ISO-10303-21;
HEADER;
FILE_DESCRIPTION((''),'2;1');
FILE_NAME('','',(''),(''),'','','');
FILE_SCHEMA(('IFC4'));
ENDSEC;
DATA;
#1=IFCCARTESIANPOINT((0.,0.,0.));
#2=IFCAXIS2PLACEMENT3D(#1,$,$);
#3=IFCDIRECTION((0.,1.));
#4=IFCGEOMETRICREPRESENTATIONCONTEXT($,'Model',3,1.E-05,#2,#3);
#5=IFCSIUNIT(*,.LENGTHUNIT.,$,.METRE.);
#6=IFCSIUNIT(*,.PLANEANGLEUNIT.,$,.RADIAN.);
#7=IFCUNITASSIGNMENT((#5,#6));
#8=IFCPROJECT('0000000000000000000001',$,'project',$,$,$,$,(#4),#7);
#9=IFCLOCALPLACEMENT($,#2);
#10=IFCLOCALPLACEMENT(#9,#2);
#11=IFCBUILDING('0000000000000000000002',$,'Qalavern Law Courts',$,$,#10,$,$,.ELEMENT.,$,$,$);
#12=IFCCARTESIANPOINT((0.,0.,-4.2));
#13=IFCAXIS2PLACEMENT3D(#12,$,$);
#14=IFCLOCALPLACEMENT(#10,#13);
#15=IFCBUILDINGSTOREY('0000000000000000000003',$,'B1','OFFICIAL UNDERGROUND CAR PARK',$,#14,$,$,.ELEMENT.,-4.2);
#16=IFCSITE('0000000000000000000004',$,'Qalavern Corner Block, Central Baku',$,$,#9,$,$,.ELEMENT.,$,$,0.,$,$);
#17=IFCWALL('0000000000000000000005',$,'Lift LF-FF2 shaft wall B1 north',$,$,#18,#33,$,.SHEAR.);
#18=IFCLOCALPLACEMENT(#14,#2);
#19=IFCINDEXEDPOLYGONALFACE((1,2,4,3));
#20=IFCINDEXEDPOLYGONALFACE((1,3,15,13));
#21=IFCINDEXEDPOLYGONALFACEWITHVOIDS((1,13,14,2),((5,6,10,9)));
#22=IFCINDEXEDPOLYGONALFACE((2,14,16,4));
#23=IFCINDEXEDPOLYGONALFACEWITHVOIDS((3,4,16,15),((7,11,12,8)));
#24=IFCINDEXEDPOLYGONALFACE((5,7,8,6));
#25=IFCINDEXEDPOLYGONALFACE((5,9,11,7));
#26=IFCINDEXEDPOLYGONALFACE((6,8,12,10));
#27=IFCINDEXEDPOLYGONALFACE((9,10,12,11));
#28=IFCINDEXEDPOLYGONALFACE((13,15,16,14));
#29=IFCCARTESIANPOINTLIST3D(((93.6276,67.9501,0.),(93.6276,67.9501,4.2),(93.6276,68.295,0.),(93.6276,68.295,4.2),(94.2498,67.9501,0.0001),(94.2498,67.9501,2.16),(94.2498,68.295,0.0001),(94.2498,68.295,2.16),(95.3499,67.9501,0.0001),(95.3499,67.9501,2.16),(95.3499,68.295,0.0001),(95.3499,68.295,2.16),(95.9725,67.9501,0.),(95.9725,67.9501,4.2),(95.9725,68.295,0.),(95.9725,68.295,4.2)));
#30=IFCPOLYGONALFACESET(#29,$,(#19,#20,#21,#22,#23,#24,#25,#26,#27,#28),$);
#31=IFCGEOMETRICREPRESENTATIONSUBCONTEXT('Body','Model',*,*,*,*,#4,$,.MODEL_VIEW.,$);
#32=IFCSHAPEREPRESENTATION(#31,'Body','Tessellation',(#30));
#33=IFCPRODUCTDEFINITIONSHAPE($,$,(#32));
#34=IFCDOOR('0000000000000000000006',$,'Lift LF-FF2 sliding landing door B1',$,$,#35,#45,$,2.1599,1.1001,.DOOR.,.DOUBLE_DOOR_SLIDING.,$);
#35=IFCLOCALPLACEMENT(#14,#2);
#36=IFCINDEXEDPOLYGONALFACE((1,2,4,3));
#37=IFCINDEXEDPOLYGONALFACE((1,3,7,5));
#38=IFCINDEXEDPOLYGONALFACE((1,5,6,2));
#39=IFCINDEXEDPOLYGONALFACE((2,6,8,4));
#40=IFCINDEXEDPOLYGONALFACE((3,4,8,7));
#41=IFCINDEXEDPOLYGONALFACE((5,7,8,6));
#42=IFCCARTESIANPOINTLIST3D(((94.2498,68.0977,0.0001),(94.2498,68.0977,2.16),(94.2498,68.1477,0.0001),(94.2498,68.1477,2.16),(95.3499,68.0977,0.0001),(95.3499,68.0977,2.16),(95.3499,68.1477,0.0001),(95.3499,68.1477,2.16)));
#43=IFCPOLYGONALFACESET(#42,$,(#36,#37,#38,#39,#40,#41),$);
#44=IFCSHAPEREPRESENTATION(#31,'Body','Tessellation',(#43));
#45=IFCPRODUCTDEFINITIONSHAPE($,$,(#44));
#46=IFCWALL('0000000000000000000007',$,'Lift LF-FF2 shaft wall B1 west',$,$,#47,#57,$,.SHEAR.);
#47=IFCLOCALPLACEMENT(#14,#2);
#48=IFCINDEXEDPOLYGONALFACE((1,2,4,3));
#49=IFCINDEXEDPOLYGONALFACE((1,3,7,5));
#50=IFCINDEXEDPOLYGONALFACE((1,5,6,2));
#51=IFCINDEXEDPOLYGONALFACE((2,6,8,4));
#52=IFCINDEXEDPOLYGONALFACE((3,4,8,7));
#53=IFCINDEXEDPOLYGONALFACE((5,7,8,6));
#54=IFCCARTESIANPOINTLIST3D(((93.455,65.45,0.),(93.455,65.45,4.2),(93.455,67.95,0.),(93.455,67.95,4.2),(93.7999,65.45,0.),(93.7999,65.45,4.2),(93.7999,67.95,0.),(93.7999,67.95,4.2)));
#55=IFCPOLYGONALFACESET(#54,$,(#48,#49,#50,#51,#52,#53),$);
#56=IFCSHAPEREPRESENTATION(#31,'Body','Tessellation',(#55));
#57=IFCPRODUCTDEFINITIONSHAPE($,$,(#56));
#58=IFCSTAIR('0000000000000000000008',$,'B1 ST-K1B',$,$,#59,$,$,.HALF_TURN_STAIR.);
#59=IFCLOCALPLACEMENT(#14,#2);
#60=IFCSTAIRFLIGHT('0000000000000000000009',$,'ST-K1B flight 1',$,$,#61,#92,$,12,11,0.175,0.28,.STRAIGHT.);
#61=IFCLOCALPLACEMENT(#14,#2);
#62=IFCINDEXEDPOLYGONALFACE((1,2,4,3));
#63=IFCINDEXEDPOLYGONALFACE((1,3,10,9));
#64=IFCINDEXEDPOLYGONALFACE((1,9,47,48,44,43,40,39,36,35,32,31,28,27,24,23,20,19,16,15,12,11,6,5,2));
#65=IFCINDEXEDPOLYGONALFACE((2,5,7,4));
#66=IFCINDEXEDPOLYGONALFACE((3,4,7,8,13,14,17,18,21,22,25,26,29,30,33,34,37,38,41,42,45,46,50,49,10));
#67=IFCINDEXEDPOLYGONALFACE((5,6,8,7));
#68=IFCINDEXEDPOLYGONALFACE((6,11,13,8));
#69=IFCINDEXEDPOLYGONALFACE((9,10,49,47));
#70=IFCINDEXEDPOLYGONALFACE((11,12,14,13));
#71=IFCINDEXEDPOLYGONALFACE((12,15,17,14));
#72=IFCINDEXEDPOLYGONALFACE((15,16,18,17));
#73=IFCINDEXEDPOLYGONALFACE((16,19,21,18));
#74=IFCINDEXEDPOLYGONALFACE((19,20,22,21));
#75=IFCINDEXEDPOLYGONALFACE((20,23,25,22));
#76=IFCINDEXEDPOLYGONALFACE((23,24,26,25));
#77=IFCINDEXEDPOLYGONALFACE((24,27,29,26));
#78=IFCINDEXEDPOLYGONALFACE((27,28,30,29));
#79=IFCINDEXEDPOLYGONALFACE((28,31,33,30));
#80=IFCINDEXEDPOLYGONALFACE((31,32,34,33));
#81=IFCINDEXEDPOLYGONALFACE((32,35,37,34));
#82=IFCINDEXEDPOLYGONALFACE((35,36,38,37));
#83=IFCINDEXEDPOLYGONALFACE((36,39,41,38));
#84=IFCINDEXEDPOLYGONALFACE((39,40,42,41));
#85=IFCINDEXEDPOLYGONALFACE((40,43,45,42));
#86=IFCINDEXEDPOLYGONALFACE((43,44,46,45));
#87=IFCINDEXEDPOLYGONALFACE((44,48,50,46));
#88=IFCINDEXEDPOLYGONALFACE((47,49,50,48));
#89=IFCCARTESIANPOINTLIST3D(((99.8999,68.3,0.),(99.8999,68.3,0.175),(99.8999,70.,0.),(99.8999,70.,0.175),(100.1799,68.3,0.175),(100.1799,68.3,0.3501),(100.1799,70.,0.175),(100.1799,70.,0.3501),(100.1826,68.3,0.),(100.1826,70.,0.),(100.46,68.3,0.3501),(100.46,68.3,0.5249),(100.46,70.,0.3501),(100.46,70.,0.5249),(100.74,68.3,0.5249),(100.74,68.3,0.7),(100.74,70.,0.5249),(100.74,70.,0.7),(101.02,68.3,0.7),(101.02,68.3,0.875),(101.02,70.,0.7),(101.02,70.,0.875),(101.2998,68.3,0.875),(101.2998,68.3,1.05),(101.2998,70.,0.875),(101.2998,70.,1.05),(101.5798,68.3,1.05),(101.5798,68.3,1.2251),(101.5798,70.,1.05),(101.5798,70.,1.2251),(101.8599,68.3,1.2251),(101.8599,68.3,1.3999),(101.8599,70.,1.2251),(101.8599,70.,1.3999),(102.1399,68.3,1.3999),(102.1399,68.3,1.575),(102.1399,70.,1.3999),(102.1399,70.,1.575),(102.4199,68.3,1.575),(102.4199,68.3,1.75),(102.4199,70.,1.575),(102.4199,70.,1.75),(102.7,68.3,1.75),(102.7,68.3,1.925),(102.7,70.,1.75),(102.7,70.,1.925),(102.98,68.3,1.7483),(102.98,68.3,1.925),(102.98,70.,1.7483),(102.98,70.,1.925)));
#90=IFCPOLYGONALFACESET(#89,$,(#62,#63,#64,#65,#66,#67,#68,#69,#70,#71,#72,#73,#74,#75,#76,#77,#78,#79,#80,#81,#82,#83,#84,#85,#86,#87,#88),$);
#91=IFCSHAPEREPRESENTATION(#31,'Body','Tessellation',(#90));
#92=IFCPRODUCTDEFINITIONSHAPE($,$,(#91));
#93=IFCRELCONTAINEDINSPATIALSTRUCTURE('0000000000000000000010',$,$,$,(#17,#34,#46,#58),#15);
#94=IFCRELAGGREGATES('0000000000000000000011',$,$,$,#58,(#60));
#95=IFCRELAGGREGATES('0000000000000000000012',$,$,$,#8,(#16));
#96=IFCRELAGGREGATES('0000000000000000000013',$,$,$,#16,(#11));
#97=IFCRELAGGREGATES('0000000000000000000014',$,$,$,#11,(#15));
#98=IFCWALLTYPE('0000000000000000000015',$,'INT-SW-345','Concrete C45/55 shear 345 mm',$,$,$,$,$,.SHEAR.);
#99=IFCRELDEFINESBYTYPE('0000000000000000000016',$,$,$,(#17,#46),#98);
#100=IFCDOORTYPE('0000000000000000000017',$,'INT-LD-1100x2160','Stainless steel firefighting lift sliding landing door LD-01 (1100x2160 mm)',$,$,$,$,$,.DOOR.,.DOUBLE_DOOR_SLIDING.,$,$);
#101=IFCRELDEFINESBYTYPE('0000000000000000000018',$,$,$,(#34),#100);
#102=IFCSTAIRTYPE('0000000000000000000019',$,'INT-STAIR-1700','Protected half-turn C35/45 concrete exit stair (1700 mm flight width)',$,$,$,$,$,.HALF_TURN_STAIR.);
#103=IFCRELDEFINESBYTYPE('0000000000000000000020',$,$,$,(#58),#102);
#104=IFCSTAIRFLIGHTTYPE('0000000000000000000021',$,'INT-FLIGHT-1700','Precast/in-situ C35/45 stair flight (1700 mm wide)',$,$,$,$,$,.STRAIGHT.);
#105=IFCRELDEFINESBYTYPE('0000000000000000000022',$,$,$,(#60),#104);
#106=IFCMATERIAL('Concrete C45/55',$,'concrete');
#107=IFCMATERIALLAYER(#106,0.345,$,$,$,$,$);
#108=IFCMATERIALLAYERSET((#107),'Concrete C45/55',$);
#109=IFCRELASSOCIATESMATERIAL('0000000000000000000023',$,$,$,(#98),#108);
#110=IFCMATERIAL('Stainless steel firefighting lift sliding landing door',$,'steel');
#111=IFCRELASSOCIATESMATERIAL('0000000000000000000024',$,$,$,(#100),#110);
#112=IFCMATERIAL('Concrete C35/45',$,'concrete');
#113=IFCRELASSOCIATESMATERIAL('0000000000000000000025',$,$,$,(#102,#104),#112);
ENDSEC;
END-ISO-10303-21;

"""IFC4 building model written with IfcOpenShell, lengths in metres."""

from ifc_helpers import new_model, si_unit, direction, frame, frame_2d, origin, place, context, subcontext, project, spatial, polyline, rectangle, outline, extrude, material, layer, layer_set, type_object, element, fill, aggregate, save


model = new_model("IFC4")

# Units and contexts
model_context = context("Model", 3, precision=1e-05, world=origin(), true_north=direction((0.0, 1.0)))
body_context = subcontext(model_context, "Body", "Model", "MODEL_VIEW")
ifc_project = project(units=[si_unit("LENGTHUNIT", "METRE"), si_unit("PLANEANGLEUNIT", "RADIAN")], contexts=[model_context])

# Site, building, storey
site_placement = place(None, origin())
site = spatial("IfcSite", under=ifc_project, at=site_placement, Name="Qalavern Corner Block, Central Baku", CompositionType="ELEMENT", RefElevation=0.0)
building_placement = place(site_placement, origin())
building = spatial("IfcBuilding", under=site, at=building_placement, Name="Qalavern Law Courts", CompositionType="ELEMENT")
storey_placement = place(building_placement, frame((0.0, 0.0, -4.2)))
storey = spatial("IfcBuildingStorey", under=building, at=storey_placement, Name="B1", Description="OFFICIAL UNDERGROUND CAR PARK", CompositionType="ELEMENT", Elevation=-4.2)

# Shared definitions
ifc_material_1 = material(Name="Concrete C45/55", Category="concrete")

# Shared definitions
ifc_material_2 = material(Name="Concrete C35/45", Category="concrete")

# Shared definitions
ifc_layer_1 = layer(ifc_material_1, 0.345)
ifc_layer_set_1 = layer_set([ifc_layer_1], Name="Concrete C45/55")
wall_type_1 = type_object("IfcWallType", Name="INT-SW-345", Description="Concrete C45/55 shear 345 mm", PredefinedType="SHEAR", material=ifc_layer_set_1)

# Wall, opening, door
wall_1_placement = place(storey_placement, frame((95.9724, 68.1226, 0.0), z_axis=(0.0, 0.0, 1.0), x_axis=(-1.0, 0.0, 0.0)))
wall_1 = element("IfcWall", 1, at=wall_1_placement, inside=storey, type_object=wall_type_1, Name="Lift LF-FF2 shaft wall B1 north", PredefinedType="SHEAR", context=body_context, shape_type="SweptSolid", body=[
    extrude(rectangle(XDim=2.345, YDim=0.345, at=frame_2d((1.1724, 0.0))), origin(), (0.0, 0.0, 1.0), 4.2),
])
opening_1_placement = place(wall_1_placement, frame((0.6226, 0.0, 0.0)))
opening_1 = element("IfcOpeningElement", 2, at=opening_1_placement, cuts=wall_1, PredefinedType="OPENING", context=body_context, shape_type="SweptSolid", body=[
    extrude(rectangle(XDim=1.1001, YDim=2.1599, at=frame_2d((0.55, 1.0801))), frame((0.0, 0.1875, 0.0), z_axis=(0.0, -1.0, 0.0), x_axis=(1.0, 0.0, 0.0)), (0.0, 0.0, 1.0), 0.3748),
])
ifc_material_3 = material(Name="Stainless steel firefighting lift sliding landing door", Category="steel")
door_type_1 = type_object("IfcDoorType", Name="INT-LD-1100x2160", Description="Stainless steel firefighting lift sliding landing door LD-01 (1100x2160 mm)", OperationType="DOUBLE_DOOR_SLIDING", PredefinedType="DOOR", material=ifc_material_3)
door_1_placement = place(opening_1_placement, origin())
door_1 = element("IfcDoor", 3, at=door_1_placement, inside=storey, type_object=door_type_1, Name="Lift LF-FF2 sliding landing door B1", OperationType="DOUBLE_DOOR_SLIDING", OverallHeight=2.1599, OverallWidth=1.1001, PredefinedType="DOOR", context=body_context, shape_type="SweptSolid", body=[
    extrude(rectangle(XDim=1.1001, YDim=2.1599, at=frame_2d((0.55, 1.0801))), frame((0.0, 0.0249, 0.0), z_axis=(0.0, -1.0, 0.0), x_axis=(1.0, 0.0, 0.0)), (0.0, 0.0, 1.0), 0.05),
])
fill(opening_1, door_1)

# Wall
wall_2_placement = place(storey_placement, frame((93.6274, 67.95, 0.0), z_axis=(0.0, 0.0, 1.0), x_axis=(0.0, -1.0, 0.0)))
element("IfcWall", 4, at=wall_2_placement, inside=storey, type_object=wall_type_1, Name="Lift LF-FF2 shaft wall B1 west", PredefinedType="SHEAR", context=body_context, shape_type="SweptSolid", body=[
    extrude(rectangle(XDim=2.5, YDim=0.345, at=frame_2d((1.25, 0.0))), origin(), (0.0, 0.0, 1.0), 4.2),
])

# Stair, stair flight
stair_type = type_object("IfcStairType", Name="INT-STAIR-1700", Description="Protected half-turn C35/45 concrete exit stair (1700 mm flight width)", PredefinedType="HALF_TURN_STAIR", material=ifc_material_2)
stair_placement = place(storey_placement, origin())
stair = element("IfcStair", 5, at=stair_placement, inside=storey, type_object=stair_type, Name="B1 ST-K1B", PredefinedType="HALF_TURN_STAIR")
stair_flight_type = type_object("IfcStairFlightType", Name="INT-FLIGHT-1700", Description="Precast/in-situ C35/45 stair flight (1700 mm wide)", PredefinedType="STRAIGHT", material=ifc_material_2)
stair_flight_placement = place(storey_placement, frame((99.8999, 69.1499, 0.0), z_axis=(0.0, 0.0, 1.0), x_axis=(1.0, 0.0, 0.0)))
stair_flight = element("IfcStairFlight", 6, at=stair_flight_placement, type_object=stair_flight_type, Name="ST-K1B flight 1", NumberOfRisers=12, NumberOfTreads=11, PredefinedType="STRAIGHT", RiserHeight=0.175, TreadLength=0.28, context=body_context, shape_type="SweptSolid", body=[
    extrude(outline(polyline([(0.0, 0.0), (0.0, 0.175), (0.28, 0.175), (0.28, 0.3501), (0.5601, 0.3501), (0.5601, 0.5249), (0.8401, 0.5249), (0.8401, 0.7), (1.1201, 0.7), (1.1201, 0.875), (1.3999, 0.875), (1.3999, 1.05), (1.6799, 1.05), (1.6799, 1.2251), (1.96, 1.2251), (1.96, 1.3999), (2.24, 1.3999), (2.24, 1.575), (2.52, 1.575), (2.52, 1.75), (2.8, 1.75), (2.8, 1.925), (3.0801, 1.925), (3.0801, 2.1001), (3.0801, 1.7483), (0.2827, 0.0), (0.0, 0.0)])), frame((0.0, 0.8501, 0.0), z_axis=(0.0, -1.0, 0.0), x_axis=(1.0, 0.0, 0.0)), (0.0, 0.0, 1.0), 1.7),
])
aggregate(stair, [stair_flight])

save(model, "model.ifc")
